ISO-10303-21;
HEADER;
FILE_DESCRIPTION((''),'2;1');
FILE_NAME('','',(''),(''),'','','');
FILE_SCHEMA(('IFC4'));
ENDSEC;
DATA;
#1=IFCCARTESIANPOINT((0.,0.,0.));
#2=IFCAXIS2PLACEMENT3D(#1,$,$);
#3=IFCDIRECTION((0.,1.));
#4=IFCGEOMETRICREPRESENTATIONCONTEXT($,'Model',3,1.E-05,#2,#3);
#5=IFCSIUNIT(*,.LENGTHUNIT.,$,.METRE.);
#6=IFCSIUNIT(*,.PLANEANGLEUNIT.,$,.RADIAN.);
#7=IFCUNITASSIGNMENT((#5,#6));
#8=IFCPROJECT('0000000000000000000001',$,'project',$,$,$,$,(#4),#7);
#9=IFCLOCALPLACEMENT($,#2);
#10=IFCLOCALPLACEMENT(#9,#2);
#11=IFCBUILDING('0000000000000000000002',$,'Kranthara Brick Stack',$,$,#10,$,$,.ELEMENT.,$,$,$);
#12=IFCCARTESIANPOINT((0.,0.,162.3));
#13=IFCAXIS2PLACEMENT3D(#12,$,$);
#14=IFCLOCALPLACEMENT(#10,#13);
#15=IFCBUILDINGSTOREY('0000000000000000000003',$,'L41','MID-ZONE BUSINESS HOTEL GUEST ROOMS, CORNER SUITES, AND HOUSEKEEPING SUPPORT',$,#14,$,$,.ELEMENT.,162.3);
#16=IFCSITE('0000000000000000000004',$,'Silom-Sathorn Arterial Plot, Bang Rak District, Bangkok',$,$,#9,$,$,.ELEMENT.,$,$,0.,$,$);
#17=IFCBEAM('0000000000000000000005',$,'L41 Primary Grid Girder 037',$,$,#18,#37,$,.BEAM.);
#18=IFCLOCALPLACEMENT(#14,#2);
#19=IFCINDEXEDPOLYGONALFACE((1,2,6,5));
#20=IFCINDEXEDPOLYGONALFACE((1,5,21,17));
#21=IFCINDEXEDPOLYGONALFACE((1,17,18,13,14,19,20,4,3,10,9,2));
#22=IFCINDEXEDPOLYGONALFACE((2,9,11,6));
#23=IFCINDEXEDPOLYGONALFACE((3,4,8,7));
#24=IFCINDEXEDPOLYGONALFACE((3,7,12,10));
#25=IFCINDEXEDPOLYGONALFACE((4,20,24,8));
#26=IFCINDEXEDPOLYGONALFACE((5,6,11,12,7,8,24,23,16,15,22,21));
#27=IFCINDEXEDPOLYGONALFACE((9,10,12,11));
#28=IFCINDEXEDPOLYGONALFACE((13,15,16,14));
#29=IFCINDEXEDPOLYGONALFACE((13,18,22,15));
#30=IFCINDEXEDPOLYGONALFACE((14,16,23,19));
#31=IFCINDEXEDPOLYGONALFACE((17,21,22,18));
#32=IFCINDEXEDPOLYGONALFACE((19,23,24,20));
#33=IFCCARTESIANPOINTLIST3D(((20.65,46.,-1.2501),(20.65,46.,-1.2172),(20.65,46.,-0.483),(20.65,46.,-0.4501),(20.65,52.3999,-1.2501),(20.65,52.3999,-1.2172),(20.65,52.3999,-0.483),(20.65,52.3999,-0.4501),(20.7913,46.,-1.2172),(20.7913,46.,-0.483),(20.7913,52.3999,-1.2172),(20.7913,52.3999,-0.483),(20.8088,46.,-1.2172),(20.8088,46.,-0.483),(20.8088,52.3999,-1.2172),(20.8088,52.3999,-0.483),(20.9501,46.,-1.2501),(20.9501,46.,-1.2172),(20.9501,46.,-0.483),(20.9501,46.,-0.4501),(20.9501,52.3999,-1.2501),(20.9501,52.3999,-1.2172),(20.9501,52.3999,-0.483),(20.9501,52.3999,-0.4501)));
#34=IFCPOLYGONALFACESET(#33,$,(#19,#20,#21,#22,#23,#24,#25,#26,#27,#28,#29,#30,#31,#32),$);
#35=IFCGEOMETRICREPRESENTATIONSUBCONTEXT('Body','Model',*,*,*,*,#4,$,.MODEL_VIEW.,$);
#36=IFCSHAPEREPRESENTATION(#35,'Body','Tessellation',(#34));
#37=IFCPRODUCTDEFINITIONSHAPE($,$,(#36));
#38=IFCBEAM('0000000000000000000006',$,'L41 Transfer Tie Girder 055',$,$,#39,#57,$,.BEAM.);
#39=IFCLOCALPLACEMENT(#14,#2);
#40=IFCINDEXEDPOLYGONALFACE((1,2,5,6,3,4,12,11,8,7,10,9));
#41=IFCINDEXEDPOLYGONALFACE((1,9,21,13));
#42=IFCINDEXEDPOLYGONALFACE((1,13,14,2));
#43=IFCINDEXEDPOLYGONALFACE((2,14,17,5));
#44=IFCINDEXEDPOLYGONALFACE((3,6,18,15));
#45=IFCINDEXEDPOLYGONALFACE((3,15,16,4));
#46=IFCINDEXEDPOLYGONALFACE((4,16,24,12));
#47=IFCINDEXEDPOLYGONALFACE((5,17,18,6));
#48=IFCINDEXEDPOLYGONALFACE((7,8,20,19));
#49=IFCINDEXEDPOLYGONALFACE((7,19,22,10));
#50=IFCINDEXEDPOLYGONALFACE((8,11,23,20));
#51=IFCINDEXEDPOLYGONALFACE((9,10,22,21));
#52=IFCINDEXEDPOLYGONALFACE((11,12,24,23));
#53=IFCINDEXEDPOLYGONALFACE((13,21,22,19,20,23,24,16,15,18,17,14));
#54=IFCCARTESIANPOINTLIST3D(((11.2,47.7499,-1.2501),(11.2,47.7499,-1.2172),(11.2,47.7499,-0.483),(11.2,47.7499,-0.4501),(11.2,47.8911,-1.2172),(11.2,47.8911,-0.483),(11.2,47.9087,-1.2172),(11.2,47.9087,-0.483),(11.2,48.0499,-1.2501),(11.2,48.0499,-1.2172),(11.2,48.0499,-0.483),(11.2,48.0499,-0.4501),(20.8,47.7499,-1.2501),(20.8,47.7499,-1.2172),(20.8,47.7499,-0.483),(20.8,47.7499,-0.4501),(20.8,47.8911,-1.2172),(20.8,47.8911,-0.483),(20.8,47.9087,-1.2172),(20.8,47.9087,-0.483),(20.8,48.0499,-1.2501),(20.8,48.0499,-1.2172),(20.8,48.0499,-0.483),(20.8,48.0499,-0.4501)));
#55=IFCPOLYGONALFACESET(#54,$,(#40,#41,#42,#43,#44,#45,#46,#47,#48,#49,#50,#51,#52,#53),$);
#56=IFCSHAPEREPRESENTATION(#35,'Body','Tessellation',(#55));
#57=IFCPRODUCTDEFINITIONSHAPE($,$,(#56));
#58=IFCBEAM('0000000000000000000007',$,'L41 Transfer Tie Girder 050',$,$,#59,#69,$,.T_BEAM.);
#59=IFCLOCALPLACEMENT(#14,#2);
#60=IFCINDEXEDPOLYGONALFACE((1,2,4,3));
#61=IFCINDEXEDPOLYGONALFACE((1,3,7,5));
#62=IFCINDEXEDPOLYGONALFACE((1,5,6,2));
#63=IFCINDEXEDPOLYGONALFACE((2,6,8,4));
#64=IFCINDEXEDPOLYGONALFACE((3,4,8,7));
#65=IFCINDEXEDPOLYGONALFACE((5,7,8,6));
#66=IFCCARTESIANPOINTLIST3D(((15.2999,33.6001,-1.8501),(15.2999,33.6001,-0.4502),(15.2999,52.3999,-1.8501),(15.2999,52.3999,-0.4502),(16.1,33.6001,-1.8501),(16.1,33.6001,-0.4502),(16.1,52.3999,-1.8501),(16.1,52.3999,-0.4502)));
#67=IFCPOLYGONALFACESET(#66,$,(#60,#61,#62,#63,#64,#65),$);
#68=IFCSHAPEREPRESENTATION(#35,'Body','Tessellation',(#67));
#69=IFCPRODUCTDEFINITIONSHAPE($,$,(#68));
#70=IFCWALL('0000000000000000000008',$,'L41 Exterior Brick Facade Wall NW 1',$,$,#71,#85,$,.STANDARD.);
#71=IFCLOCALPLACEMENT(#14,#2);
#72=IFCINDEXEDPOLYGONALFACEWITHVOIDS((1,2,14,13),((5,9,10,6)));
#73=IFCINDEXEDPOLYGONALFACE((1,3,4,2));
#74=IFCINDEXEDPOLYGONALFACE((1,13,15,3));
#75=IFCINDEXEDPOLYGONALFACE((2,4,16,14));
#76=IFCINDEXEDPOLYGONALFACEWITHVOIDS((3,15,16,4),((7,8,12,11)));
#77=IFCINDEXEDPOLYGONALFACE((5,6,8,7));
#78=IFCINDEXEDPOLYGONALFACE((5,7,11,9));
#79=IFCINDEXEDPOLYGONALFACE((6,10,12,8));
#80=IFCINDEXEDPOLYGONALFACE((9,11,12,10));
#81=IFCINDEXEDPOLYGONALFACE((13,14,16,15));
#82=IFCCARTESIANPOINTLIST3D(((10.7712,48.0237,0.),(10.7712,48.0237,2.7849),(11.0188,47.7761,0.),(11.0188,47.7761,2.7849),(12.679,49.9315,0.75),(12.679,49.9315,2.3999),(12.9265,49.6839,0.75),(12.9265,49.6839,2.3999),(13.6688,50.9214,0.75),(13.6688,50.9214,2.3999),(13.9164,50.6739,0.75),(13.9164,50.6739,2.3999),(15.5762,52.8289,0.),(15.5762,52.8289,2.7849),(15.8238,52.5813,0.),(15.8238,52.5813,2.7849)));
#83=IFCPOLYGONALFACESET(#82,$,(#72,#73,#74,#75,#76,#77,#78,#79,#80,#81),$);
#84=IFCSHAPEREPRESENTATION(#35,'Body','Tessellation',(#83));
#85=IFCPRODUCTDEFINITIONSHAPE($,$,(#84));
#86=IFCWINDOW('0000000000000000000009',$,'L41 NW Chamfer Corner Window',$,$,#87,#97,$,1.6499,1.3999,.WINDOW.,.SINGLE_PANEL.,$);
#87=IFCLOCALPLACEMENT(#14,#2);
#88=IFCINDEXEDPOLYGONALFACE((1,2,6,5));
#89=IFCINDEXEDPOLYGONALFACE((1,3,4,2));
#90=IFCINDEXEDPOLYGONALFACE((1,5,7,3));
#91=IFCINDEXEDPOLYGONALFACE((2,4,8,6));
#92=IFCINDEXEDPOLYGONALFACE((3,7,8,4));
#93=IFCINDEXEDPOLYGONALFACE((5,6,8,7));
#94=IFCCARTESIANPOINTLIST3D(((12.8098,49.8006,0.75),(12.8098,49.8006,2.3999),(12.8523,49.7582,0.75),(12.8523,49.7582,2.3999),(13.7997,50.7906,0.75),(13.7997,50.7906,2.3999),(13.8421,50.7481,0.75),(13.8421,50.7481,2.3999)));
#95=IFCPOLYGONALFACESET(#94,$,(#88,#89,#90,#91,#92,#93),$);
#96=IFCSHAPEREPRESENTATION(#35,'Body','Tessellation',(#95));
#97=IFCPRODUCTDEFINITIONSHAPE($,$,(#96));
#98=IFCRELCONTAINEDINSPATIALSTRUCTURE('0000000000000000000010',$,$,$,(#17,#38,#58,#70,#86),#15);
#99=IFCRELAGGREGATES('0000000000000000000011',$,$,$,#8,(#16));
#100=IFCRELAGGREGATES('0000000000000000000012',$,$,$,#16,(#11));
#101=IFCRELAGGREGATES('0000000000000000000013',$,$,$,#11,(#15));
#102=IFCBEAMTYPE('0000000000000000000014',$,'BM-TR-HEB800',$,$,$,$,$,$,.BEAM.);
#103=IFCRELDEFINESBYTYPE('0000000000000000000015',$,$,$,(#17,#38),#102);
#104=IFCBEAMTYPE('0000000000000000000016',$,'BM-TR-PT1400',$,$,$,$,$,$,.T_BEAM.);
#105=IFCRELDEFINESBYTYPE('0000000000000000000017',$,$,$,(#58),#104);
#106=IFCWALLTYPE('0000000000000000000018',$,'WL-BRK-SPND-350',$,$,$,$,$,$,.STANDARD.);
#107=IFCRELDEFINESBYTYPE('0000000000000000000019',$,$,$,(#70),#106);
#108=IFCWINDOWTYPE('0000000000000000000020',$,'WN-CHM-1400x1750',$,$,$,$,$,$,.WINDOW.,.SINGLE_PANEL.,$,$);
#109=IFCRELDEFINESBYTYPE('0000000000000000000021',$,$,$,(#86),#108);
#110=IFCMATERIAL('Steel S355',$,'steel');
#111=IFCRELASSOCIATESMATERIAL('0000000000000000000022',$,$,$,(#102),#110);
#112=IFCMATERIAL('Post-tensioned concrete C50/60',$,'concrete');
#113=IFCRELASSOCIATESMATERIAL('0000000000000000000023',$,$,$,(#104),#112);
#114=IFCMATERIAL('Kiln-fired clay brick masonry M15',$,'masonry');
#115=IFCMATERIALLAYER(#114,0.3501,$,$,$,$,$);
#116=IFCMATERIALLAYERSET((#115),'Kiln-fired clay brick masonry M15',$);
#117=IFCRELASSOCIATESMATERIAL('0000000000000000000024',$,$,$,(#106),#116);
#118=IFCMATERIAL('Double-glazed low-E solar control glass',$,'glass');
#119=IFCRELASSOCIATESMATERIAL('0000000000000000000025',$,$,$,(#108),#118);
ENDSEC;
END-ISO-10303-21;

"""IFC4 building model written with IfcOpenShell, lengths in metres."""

from ifc_helpers import new_model, si_unit, direction, frame, frame_2d, origin, origin_2d, place, context, subcontext, project, spatial, rectangle, i_section, extrude, material, layer, layer_set, material_profile, profile_set, type_object, element, fill, save


model = new_model("IFC4")

# Units and contexts
model_context = context("Model", 3, precision=1e-05, world=origin(), true_north=direction((0.0, 1.0)))
body_context = subcontext(model_context, "Body", "Model", "MODEL_VIEW")
ifc_project = project(units=[si_unit("LENGTHUNIT", "METRE"), si_unit("PLANEANGLEUNIT", "RADIAN")], contexts=[model_context])

# Site, building, storey
site_placement = place(None, origin())
site = spatial("IfcSite", under=ifc_project, at=site_placement, Name="Silom-Sathorn Arterial Plot, Bang Rak District, Bangkok", CompositionType="ELEMENT", RefElevation=0.0)
building_placement = place(site_placement, origin())
building = spatial("IfcBuilding", under=site, at=building_placement, Name="Kranthara Brick Stack", CompositionType="ELEMENT")
storey_placement = place(building_placement, frame((0.0, 0.0, 162.3)))
storey = spatial("IfcBuildingStorey", under=building, at=storey_placement, Name="L41", Description="MID-ZONE BUSINESS HOTEL GUEST ROOMS, CORNER SUITES, AND HOUSEKEEPING SUPPORT", CompositionType="ELEMENT", Elevation=162.3)

# Beams
ifc_material_1 = material(Name="Steel S355", Category="steel")
ifc_material_profile_1 = material_profile(ifc_material_1, i_section(OverallWidth=0.3, OverallDepth=0.8, WebThickness=0.0176, FlangeThickness=0.033, at=origin_2d()), Name="HEB 800")
ifc_profile_set_1 = profile_set([ifc_material_profile_1], Name="Steel S355")
beam_type_1 = type_object("IfcBeamType", Name="BM-TR-HEB800", PredefinedType="BEAM", material=ifc_profile_set_1)
beam_1_placement = place(storey_placement, frame((20.8, 46.0, -0.8501), z_axis=(0.0, 1.0, 0.0), x_axis=(-1.0, 0.0, 0.0)))
element("IfcBeam", 1, at=beam_1_placement, inside=storey, type_object=beam_type_1, Name="L41 Primary Grid Girder 037", PredefinedType="BEAM", context=body_context, shape_type="SweptSolid", body=[
    extrude(i_section(OverallWidth=0.3, OverallDepth=0.8, WebThickness=0.0176, FlangeThickness=0.033, at=origin_2d()), origin(), (0.0, 0.0, 1.0), 6.3999),
])
beam_2_placement = place(storey_placement, frame((11.2, 47.8999, -0.8501), z_axis=(1.0, 0.0, 0.0), x_axis=(0.0, 1.0, 0.0)))
element("IfcBeam", 2, at=beam_2_placement, inside=storey, type_object=beam_type_1, Name="L41 Transfer Tie Girder 055", PredefinedType="BEAM", context=body_context, shape_type="SweptSolid", body=[
    extrude(i_section(OverallWidth=0.3, OverallDepth=0.8, WebThickness=0.0176, FlangeThickness=0.033, at=origin_2d()), origin(), (0.0, 0.0, 1.0), 9.6001),
])
ifc_material_2 = material(Name="Post-tensioned concrete C50/60", Category="concrete")
ifc_material_profile_2 = material_profile(ifc_material_2, rectangle(XDim=0.8, YDim=1.3999, at=origin_2d()), Name="PT 800x1400")
ifc_profile_set_2 = profile_set([ifc_material_profile_2], Name="Post-tensioned concrete C50/60")
beam_type_2 = type_object("IfcBeamType", Name="BM-TR-PT1400", PredefinedType="T_BEAM", material=ifc_profile_set_2)
beam_3_placement = place(storey_placement, frame((15.7, 52.3999, -1.1501), z_axis=(0.0, -1.0, 0.0), x_axis=(1.0, 0.0, 0.0)))
element("IfcBeam", 3, at=beam_3_placement, inside=storey, type_object=beam_type_2, Name="L41 Transfer Tie Girder 050", PredefinedType="T_BEAM", context=body_context, shape_type="SweptSolid", body=[
    extrude(rectangle(XDim=0.8, YDim=1.3999, at=origin_2d()), origin(), (0.0, 0.0, 1.0), 18.7998),
])

# Wall, opening, window
ifc_material_3 = material(Name="Kiln-fired clay brick masonry M15", Category="masonry")
ifc_layer_1 = layer(ifc_material_3, 0.3501)
ifc_layer_set_1 = layer_set([ifc_layer_1], Name="Kiln-fired clay brick masonry M15")
wall_type_1 = type_object("IfcWallType", Name="WL-BRK-SPND-350", PredefinedType="STANDARD", material=ifc_layer_set_1)
wall_1_placement = place(storey_placement, frame((10.895, 47.8999, 0.0), z_axis=(0.0, 0.0, 1.0), x_axis=(0.707089, 0.707125, 0.0)))
wall_1 = element("IfcWall", 4, at=wall_1_placement, inside=storey, type_object=wall_type_1, Name="L41 Exterior Brick Facade Wall NW 1", PredefinedType="STANDARD", context=body_context, shape_type="SweptSolid", body=[
    extrude(rectangle(XDim=6.7954, YDim=0.3501, at=frame_2d((3.3977, 0.0))), origin(), (0.0, 0.0, 1.0), 2.7849),
])
opening_1_placement = place(wall_1_placement, frame((2.698, 0.0, 0.75)))
opening_1 = element("IfcOpeningElement", 5, at=opening_1_placement, cuts=wall_1, PredefinedType="OPENING", context=body_context, shape_type="SweptSolid", body=[
    extrude(rectangle(XDim=1.3999, YDim=1.6499, at=frame_2d((0.7, 0.825))), frame((0.0, 0.1851, 0.0), z_axis=(0.0, -1.0, 0.0), x_axis=(1.0, 0.0, 0.0)), (0.0, 0.0, 1.0), 0.3701),
])
ifc_material_4 = material(Name="Double-glazed low-E solar control glass", Category="glass")
window_type_1 = type_object("IfcWindowType", Name="WN-CHM-1400x1750", PartitioningType="SINGLE_PANEL", PredefinedType="WINDOW", material=ifc_material_4)
window_1_placement = place(opening_1_placement, origin())
window_1 = element("IfcWindow", 6, at=window_1_placement, inside=storey, type_object=window_type_1, Name="L41 NW Chamfer Corner Window", OverallHeight=1.6499, OverallWidth=1.3999, PartitioningType="SINGLE_PANEL", PredefinedType="WINDOW", context=body_context, shape_type="SweptSolid", body=[
    extrude(rectangle(XDim=1.3999, YDim=1.6499, at=frame_2d((0.7, 0.825))), frame((0.0, -0.01, 0.0), z_axis=(0.0, -1.0, 0.0), x_axis=(1.0, 0.0, 0.0)), (0.0, 0.0, 1.0), 0.0601),
])
fill(opening_1, window_1)

save(model, "model.ifc")
